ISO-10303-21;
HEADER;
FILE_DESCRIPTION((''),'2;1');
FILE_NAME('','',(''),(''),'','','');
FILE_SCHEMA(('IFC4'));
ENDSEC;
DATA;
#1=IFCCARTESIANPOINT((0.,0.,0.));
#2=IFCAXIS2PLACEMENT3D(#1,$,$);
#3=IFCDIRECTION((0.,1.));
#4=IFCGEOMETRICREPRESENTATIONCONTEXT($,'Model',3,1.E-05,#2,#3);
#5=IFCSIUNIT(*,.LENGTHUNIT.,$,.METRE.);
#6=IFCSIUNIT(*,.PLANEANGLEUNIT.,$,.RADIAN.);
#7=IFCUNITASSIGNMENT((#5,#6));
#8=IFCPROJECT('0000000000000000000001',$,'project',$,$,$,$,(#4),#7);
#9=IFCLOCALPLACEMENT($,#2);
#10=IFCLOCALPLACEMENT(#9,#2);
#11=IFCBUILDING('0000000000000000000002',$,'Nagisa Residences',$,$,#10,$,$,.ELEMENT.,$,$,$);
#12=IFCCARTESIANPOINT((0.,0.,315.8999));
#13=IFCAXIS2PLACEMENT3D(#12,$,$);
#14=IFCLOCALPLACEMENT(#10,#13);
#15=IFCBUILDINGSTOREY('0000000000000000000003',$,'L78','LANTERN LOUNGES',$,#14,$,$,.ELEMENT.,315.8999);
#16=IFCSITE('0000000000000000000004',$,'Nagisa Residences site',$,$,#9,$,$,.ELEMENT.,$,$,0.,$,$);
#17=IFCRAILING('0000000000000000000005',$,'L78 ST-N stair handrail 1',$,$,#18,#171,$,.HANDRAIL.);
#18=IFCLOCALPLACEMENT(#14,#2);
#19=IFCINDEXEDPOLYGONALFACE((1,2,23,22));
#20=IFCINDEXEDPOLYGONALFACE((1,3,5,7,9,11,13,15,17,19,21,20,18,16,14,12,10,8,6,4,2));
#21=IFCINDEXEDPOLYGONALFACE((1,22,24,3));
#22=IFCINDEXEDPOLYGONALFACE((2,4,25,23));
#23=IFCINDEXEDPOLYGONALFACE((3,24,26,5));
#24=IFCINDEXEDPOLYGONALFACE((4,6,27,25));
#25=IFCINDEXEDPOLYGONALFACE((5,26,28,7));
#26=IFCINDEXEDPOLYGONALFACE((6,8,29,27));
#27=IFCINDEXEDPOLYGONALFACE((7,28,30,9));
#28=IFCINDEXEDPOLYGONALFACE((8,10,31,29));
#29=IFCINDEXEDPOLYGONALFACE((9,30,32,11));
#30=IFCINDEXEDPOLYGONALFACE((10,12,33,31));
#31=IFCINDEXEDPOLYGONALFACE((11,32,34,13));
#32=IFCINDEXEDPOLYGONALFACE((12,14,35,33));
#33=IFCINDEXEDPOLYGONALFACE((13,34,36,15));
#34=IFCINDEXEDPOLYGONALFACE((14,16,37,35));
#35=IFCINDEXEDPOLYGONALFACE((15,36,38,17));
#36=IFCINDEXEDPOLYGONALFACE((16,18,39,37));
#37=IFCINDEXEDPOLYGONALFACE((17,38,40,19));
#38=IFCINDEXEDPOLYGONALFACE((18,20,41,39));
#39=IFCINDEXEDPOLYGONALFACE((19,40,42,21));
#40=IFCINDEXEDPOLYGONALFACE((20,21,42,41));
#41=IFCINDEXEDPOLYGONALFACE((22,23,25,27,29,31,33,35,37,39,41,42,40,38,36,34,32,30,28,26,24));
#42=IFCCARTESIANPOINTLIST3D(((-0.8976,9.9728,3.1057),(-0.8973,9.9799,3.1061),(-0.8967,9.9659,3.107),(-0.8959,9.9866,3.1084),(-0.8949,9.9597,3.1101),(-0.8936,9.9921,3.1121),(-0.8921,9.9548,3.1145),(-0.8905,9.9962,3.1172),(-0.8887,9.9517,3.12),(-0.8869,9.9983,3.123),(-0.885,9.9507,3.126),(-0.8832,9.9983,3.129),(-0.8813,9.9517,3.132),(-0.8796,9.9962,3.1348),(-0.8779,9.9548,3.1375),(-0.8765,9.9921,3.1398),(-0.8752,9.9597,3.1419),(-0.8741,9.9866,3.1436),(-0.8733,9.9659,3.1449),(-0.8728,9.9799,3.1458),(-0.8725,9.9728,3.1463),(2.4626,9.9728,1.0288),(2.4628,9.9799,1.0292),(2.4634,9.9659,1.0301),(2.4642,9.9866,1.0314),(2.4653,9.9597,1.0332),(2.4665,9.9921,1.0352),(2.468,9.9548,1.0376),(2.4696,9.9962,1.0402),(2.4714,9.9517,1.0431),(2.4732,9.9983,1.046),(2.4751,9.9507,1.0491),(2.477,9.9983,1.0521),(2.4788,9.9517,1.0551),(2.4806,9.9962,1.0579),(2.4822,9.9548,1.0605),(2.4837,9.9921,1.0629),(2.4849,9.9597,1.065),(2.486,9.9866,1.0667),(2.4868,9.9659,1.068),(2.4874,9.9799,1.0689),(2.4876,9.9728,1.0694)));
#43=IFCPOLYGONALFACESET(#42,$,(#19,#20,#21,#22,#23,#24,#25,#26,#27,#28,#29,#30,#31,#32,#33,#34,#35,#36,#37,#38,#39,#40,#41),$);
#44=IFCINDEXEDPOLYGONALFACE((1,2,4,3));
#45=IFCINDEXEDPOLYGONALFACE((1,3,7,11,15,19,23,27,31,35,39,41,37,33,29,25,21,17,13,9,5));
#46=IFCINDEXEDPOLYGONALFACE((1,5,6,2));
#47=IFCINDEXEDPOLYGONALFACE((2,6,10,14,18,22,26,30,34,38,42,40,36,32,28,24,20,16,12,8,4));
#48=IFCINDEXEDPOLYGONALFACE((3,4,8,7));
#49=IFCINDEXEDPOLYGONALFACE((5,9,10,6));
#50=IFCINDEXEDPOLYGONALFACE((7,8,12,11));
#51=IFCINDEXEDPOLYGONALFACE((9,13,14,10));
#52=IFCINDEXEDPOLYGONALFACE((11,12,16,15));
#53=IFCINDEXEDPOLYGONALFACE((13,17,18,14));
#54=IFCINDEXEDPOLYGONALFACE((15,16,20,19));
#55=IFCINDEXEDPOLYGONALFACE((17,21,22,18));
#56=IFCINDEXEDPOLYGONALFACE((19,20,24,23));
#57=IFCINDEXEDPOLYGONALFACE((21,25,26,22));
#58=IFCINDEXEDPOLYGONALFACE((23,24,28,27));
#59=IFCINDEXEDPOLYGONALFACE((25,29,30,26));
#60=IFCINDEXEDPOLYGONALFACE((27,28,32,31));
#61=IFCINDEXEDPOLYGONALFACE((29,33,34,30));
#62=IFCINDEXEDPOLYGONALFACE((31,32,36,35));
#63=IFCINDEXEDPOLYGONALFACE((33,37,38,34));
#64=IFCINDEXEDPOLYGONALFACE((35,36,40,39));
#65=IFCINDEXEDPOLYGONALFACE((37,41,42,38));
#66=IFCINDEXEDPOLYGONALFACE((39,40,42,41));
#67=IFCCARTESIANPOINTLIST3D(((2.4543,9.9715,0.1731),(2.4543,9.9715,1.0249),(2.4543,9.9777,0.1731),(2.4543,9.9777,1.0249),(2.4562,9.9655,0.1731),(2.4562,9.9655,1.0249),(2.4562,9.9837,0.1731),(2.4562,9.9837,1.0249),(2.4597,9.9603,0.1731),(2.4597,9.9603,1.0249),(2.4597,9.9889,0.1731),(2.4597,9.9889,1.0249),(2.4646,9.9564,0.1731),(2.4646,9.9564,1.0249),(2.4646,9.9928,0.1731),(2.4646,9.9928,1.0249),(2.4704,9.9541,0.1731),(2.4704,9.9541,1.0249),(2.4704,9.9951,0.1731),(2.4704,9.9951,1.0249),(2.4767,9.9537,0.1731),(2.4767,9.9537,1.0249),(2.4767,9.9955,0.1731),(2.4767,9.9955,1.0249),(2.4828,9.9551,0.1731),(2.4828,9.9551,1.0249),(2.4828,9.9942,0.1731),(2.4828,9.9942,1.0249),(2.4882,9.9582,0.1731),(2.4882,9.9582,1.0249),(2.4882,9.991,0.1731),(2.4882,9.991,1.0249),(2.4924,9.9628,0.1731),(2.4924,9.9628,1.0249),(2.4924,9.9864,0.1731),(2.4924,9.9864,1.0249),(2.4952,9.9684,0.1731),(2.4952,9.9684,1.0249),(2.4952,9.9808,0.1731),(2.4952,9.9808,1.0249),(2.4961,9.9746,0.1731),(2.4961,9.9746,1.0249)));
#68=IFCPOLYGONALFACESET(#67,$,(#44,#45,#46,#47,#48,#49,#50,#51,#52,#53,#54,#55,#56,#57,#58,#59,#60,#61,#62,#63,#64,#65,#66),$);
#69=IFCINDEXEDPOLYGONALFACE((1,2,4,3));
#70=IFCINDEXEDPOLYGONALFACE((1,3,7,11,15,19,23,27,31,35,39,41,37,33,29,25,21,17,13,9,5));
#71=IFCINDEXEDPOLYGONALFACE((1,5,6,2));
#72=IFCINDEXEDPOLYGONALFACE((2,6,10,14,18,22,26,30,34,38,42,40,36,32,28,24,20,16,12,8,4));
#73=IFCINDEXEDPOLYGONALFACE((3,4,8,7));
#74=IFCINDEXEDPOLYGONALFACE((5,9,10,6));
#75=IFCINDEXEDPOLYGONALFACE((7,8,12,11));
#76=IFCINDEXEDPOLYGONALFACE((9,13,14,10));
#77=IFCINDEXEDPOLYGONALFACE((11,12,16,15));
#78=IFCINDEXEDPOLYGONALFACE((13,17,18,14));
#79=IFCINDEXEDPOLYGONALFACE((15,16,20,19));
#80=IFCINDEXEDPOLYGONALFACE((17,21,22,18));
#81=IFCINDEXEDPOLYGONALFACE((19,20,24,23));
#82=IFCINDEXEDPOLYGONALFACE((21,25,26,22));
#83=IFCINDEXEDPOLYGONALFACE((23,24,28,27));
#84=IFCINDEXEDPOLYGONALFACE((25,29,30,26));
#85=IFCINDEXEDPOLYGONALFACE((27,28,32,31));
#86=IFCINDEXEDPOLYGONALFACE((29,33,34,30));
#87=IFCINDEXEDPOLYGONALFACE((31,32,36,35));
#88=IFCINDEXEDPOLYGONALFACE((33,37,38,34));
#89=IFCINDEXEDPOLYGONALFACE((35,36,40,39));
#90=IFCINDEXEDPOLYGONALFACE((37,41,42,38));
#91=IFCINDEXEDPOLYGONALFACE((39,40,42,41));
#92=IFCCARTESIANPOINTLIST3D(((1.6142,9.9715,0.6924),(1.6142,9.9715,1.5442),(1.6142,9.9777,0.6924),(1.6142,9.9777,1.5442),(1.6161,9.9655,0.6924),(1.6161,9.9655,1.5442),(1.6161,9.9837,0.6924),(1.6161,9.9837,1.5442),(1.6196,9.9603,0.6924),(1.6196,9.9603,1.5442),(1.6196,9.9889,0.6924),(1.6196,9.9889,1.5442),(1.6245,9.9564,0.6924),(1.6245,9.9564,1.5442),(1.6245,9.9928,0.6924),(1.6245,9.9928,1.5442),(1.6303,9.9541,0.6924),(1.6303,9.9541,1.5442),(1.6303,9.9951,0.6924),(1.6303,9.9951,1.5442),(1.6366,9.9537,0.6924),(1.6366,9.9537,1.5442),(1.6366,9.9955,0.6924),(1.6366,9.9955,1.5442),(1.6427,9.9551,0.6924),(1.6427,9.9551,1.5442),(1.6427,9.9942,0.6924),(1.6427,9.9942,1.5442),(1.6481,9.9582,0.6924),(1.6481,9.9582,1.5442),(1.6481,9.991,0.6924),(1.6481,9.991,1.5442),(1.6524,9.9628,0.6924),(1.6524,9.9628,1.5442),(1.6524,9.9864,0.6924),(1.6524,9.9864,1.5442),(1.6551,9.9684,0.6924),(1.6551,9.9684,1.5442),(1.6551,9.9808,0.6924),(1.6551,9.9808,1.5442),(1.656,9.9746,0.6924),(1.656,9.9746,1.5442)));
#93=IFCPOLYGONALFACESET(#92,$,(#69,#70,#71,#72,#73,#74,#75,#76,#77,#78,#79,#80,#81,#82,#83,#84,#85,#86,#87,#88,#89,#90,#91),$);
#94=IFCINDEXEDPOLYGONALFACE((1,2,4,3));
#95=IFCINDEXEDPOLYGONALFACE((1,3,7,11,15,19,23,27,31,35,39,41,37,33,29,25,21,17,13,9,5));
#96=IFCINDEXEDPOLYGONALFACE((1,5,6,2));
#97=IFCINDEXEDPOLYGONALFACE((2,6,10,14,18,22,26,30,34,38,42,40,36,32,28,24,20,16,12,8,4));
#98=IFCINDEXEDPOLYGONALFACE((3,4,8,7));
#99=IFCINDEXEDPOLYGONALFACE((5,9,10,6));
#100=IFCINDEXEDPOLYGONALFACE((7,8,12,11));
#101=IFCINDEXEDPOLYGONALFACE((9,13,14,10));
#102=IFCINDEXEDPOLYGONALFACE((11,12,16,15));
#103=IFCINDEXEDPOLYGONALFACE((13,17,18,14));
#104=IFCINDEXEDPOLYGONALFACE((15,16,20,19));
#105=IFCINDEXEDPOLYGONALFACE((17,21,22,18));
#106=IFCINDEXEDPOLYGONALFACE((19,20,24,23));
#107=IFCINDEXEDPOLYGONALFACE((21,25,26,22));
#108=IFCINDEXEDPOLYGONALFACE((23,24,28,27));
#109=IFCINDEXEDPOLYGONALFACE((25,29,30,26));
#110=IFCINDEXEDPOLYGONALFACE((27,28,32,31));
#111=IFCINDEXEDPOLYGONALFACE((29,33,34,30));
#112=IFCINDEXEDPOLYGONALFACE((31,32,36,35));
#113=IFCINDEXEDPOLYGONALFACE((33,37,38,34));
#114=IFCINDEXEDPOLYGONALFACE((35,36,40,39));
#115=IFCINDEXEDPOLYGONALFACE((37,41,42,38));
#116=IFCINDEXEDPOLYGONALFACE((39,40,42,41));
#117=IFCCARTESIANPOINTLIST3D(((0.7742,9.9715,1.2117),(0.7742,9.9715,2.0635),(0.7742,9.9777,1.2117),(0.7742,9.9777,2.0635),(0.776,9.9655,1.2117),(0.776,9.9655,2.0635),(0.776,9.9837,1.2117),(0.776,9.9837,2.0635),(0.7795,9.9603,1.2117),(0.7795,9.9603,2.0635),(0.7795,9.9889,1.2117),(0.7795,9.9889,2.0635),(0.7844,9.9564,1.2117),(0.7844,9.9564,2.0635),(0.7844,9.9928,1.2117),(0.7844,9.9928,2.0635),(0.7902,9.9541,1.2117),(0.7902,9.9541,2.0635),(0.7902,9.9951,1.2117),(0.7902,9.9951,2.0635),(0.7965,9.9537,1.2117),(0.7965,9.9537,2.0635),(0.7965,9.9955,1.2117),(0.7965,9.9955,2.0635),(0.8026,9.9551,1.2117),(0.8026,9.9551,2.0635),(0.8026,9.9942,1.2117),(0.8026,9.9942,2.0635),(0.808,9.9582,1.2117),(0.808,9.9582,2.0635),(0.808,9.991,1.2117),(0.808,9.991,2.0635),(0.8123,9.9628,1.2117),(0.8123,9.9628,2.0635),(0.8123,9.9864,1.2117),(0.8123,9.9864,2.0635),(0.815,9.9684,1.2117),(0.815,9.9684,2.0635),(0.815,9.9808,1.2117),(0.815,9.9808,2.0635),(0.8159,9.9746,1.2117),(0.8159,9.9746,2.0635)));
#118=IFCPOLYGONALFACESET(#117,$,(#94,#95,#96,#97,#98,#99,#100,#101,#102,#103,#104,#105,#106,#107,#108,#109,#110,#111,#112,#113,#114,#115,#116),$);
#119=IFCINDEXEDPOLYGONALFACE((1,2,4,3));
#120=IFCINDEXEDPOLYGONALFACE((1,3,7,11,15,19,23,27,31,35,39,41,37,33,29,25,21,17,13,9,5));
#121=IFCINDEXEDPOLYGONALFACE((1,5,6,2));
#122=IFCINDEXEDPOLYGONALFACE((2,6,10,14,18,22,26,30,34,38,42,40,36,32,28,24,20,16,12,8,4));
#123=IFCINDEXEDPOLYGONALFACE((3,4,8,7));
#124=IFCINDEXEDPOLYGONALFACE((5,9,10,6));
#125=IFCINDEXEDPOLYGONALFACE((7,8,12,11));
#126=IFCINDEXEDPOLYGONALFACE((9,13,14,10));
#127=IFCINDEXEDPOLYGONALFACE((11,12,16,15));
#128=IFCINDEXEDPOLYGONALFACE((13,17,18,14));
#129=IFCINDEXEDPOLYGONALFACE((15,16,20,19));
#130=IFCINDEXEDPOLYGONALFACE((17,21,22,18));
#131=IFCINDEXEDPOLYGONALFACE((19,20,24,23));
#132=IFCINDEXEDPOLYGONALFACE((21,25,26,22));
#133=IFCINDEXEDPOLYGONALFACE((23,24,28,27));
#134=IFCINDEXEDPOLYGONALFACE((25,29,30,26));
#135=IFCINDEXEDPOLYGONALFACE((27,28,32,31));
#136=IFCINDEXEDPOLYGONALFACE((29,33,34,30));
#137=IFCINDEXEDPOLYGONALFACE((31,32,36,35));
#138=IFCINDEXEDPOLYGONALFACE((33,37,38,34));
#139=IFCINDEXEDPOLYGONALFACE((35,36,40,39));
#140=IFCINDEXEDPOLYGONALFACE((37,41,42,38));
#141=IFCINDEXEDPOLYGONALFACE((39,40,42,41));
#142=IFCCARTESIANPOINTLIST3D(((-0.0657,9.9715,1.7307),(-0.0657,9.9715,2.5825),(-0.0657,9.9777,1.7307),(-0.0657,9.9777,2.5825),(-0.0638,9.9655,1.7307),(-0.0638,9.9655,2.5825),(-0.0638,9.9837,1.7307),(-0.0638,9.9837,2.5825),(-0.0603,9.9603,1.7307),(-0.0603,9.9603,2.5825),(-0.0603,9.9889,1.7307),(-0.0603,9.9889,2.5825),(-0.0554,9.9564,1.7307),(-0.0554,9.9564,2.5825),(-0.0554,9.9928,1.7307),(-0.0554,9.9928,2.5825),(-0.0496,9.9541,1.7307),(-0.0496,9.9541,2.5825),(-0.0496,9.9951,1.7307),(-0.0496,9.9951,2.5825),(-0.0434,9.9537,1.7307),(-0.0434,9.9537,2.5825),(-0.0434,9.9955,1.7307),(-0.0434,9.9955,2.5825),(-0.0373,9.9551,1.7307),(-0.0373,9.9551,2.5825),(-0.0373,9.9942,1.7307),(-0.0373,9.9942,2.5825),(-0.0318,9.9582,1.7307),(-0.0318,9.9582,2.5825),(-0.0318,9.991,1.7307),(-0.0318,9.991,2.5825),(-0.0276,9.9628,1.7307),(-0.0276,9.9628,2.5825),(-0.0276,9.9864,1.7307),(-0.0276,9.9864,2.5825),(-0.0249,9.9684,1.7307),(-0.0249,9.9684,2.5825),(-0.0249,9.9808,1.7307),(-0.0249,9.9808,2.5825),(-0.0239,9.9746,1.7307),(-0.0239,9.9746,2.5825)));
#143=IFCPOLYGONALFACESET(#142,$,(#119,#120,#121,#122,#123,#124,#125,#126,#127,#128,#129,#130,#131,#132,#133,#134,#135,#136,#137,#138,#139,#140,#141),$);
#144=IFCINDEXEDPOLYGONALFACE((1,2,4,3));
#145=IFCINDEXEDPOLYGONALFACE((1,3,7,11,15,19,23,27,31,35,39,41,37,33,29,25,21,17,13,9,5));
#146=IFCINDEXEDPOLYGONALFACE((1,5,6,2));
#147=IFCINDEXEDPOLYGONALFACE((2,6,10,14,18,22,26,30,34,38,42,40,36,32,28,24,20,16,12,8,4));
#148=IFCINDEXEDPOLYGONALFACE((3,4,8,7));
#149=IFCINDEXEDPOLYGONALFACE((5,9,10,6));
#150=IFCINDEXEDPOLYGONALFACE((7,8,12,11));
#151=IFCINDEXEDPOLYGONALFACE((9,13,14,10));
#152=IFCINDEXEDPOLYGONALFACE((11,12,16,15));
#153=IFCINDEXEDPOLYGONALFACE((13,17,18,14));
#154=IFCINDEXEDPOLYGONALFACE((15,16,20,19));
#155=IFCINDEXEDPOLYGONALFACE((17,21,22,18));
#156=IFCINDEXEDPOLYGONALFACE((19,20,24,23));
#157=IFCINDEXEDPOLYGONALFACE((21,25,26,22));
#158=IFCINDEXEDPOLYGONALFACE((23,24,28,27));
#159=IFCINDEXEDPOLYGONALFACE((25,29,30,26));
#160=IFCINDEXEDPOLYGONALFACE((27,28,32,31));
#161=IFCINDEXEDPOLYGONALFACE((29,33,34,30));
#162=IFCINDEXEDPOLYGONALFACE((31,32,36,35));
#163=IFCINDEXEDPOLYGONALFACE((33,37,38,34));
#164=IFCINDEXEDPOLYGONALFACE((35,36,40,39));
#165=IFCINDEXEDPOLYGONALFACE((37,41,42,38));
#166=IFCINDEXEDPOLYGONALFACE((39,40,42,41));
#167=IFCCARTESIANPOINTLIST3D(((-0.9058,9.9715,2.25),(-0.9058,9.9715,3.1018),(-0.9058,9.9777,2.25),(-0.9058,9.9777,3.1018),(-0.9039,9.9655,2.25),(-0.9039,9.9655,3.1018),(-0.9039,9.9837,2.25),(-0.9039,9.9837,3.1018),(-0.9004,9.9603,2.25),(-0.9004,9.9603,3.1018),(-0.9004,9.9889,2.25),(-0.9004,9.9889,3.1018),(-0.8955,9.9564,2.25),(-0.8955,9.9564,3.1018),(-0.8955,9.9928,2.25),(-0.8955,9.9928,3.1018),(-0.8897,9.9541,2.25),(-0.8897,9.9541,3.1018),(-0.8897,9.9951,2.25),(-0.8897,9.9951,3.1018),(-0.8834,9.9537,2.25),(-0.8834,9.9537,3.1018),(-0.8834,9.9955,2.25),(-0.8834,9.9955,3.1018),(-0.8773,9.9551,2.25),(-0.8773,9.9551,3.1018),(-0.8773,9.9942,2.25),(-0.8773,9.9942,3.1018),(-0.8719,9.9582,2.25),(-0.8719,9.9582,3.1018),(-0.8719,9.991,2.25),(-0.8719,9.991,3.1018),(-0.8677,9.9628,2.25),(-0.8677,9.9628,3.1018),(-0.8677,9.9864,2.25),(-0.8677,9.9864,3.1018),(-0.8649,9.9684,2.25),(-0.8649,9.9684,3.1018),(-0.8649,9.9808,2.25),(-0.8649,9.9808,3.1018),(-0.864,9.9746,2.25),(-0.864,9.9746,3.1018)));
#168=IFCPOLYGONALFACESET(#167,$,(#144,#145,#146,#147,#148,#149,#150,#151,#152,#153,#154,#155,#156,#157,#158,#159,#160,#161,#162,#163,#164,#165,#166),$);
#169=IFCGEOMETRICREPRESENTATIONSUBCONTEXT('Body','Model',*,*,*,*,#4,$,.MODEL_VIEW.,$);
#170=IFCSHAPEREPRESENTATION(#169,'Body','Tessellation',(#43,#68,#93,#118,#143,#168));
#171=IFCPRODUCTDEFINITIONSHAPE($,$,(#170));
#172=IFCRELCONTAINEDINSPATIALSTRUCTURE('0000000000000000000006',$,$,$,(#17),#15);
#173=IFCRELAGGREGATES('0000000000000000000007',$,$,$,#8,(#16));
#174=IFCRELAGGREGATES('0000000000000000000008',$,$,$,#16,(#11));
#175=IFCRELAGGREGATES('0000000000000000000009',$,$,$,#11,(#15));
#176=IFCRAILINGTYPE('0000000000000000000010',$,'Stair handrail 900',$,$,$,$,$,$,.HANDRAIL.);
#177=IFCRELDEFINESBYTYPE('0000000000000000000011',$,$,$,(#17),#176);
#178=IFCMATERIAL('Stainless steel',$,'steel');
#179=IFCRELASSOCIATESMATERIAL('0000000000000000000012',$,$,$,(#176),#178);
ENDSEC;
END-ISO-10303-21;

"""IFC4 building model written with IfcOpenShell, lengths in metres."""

from ifc_helpers import new_model, si_unit, direction, frame, origin, origin_2d, place, context, subcontext, project, spatial, circle, extrude, material, type_object, element, save


model = new_model("IFC4")

# Units and contexts
model_context = context("Model", 3, precision=1e-05, world=origin(), true_north=direction((0.0, 1.0)))
body_context = subcontext(model_context, "Body", "Model", "MODEL_VIEW")
ifc_project = project(units=[si_unit("LENGTHUNIT", "METRE"), si_unit("PLANEANGLEUNIT", "RADIAN")], contexts=[model_context])

# Site, building, storey
site_placement = place(None, origin())
site = spatial("IfcSite", under=ifc_project, at=site_placement, Name="Nagisa Residences site", CompositionType="ELEMENT", RefElevation=0.0)
building_placement = place(site_placement, origin())
building = spatial("IfcBuilding", under=site, at=building_placement, Name="Nagisa Residences", CompositionType="ELEMENT")
storey_placement = place(building_placement, frame((0.0, 0.0, 315.8999)))
storey = spatial("IfcBuildingStorey", under=building, at=storey_placement, Name="L78", Description="LANTERN LOUNGES", CompositionType="ELEMENT", Elevation=315.8999)

# Railing
ifc_material_1 = material(Name="Stainless steel", Category="steel")
railing_type_1 = type_object("IfcRailingType", Name="Stair handrail 900", PredefinedType="HANDRAIL", material=ifc_material_1)
railing_1_placement = place(storey_placement, frame((2.4751, 9.9746, 0.1731)))
element("IfcRailing", 1, at=railing_1_placement, inside=storey, type_object=railing_type_1, Name="L78 ST-N stair handrail 1", PredefinedType="HANDRAIL", context=body_context, shape_type="SweptSolid", body=[
    extrude(circle(Radius=0.0239, at=origin_2d()), frame((0.0, 0.0, 0.876), z_axis=(-0.850623, 0.0, 0.525776), x_axis=(0.0, -1.0, 0.0)), (0.0, 0.0, 1.0), 3.9502),
    extrude(circle(Radius=0.021, at=origin_2d()), origin(), (0.0, 0.0, 1.0), 0.8518),
    extrude(circle(Radius=0.021, at=origin_2d()), frame((-0.8401, 0.0, 0.5193)), (0.0, 0.0, 1.0), 0.8518),
    extrude(circle(Radius=0.021, at=origin_2d()), frame((-1.6802, 0.0, 1.0386)), (0.0, 0.0, 1.0), 0.8518),
    extrude(circle(Radius=0.021, at=origin_2d()), frame((-2.52, 0.0, 1.5576)), (0.0, 0.0, 1.0), 0.8518),
    extrude(circle(Radius=0.021, at=origin_2d()), frame((-3.3601, 0.0, 2.0769)), (0.0, 0.0, 1.0), 0.8518),
])

save(model, "model.ifc")
